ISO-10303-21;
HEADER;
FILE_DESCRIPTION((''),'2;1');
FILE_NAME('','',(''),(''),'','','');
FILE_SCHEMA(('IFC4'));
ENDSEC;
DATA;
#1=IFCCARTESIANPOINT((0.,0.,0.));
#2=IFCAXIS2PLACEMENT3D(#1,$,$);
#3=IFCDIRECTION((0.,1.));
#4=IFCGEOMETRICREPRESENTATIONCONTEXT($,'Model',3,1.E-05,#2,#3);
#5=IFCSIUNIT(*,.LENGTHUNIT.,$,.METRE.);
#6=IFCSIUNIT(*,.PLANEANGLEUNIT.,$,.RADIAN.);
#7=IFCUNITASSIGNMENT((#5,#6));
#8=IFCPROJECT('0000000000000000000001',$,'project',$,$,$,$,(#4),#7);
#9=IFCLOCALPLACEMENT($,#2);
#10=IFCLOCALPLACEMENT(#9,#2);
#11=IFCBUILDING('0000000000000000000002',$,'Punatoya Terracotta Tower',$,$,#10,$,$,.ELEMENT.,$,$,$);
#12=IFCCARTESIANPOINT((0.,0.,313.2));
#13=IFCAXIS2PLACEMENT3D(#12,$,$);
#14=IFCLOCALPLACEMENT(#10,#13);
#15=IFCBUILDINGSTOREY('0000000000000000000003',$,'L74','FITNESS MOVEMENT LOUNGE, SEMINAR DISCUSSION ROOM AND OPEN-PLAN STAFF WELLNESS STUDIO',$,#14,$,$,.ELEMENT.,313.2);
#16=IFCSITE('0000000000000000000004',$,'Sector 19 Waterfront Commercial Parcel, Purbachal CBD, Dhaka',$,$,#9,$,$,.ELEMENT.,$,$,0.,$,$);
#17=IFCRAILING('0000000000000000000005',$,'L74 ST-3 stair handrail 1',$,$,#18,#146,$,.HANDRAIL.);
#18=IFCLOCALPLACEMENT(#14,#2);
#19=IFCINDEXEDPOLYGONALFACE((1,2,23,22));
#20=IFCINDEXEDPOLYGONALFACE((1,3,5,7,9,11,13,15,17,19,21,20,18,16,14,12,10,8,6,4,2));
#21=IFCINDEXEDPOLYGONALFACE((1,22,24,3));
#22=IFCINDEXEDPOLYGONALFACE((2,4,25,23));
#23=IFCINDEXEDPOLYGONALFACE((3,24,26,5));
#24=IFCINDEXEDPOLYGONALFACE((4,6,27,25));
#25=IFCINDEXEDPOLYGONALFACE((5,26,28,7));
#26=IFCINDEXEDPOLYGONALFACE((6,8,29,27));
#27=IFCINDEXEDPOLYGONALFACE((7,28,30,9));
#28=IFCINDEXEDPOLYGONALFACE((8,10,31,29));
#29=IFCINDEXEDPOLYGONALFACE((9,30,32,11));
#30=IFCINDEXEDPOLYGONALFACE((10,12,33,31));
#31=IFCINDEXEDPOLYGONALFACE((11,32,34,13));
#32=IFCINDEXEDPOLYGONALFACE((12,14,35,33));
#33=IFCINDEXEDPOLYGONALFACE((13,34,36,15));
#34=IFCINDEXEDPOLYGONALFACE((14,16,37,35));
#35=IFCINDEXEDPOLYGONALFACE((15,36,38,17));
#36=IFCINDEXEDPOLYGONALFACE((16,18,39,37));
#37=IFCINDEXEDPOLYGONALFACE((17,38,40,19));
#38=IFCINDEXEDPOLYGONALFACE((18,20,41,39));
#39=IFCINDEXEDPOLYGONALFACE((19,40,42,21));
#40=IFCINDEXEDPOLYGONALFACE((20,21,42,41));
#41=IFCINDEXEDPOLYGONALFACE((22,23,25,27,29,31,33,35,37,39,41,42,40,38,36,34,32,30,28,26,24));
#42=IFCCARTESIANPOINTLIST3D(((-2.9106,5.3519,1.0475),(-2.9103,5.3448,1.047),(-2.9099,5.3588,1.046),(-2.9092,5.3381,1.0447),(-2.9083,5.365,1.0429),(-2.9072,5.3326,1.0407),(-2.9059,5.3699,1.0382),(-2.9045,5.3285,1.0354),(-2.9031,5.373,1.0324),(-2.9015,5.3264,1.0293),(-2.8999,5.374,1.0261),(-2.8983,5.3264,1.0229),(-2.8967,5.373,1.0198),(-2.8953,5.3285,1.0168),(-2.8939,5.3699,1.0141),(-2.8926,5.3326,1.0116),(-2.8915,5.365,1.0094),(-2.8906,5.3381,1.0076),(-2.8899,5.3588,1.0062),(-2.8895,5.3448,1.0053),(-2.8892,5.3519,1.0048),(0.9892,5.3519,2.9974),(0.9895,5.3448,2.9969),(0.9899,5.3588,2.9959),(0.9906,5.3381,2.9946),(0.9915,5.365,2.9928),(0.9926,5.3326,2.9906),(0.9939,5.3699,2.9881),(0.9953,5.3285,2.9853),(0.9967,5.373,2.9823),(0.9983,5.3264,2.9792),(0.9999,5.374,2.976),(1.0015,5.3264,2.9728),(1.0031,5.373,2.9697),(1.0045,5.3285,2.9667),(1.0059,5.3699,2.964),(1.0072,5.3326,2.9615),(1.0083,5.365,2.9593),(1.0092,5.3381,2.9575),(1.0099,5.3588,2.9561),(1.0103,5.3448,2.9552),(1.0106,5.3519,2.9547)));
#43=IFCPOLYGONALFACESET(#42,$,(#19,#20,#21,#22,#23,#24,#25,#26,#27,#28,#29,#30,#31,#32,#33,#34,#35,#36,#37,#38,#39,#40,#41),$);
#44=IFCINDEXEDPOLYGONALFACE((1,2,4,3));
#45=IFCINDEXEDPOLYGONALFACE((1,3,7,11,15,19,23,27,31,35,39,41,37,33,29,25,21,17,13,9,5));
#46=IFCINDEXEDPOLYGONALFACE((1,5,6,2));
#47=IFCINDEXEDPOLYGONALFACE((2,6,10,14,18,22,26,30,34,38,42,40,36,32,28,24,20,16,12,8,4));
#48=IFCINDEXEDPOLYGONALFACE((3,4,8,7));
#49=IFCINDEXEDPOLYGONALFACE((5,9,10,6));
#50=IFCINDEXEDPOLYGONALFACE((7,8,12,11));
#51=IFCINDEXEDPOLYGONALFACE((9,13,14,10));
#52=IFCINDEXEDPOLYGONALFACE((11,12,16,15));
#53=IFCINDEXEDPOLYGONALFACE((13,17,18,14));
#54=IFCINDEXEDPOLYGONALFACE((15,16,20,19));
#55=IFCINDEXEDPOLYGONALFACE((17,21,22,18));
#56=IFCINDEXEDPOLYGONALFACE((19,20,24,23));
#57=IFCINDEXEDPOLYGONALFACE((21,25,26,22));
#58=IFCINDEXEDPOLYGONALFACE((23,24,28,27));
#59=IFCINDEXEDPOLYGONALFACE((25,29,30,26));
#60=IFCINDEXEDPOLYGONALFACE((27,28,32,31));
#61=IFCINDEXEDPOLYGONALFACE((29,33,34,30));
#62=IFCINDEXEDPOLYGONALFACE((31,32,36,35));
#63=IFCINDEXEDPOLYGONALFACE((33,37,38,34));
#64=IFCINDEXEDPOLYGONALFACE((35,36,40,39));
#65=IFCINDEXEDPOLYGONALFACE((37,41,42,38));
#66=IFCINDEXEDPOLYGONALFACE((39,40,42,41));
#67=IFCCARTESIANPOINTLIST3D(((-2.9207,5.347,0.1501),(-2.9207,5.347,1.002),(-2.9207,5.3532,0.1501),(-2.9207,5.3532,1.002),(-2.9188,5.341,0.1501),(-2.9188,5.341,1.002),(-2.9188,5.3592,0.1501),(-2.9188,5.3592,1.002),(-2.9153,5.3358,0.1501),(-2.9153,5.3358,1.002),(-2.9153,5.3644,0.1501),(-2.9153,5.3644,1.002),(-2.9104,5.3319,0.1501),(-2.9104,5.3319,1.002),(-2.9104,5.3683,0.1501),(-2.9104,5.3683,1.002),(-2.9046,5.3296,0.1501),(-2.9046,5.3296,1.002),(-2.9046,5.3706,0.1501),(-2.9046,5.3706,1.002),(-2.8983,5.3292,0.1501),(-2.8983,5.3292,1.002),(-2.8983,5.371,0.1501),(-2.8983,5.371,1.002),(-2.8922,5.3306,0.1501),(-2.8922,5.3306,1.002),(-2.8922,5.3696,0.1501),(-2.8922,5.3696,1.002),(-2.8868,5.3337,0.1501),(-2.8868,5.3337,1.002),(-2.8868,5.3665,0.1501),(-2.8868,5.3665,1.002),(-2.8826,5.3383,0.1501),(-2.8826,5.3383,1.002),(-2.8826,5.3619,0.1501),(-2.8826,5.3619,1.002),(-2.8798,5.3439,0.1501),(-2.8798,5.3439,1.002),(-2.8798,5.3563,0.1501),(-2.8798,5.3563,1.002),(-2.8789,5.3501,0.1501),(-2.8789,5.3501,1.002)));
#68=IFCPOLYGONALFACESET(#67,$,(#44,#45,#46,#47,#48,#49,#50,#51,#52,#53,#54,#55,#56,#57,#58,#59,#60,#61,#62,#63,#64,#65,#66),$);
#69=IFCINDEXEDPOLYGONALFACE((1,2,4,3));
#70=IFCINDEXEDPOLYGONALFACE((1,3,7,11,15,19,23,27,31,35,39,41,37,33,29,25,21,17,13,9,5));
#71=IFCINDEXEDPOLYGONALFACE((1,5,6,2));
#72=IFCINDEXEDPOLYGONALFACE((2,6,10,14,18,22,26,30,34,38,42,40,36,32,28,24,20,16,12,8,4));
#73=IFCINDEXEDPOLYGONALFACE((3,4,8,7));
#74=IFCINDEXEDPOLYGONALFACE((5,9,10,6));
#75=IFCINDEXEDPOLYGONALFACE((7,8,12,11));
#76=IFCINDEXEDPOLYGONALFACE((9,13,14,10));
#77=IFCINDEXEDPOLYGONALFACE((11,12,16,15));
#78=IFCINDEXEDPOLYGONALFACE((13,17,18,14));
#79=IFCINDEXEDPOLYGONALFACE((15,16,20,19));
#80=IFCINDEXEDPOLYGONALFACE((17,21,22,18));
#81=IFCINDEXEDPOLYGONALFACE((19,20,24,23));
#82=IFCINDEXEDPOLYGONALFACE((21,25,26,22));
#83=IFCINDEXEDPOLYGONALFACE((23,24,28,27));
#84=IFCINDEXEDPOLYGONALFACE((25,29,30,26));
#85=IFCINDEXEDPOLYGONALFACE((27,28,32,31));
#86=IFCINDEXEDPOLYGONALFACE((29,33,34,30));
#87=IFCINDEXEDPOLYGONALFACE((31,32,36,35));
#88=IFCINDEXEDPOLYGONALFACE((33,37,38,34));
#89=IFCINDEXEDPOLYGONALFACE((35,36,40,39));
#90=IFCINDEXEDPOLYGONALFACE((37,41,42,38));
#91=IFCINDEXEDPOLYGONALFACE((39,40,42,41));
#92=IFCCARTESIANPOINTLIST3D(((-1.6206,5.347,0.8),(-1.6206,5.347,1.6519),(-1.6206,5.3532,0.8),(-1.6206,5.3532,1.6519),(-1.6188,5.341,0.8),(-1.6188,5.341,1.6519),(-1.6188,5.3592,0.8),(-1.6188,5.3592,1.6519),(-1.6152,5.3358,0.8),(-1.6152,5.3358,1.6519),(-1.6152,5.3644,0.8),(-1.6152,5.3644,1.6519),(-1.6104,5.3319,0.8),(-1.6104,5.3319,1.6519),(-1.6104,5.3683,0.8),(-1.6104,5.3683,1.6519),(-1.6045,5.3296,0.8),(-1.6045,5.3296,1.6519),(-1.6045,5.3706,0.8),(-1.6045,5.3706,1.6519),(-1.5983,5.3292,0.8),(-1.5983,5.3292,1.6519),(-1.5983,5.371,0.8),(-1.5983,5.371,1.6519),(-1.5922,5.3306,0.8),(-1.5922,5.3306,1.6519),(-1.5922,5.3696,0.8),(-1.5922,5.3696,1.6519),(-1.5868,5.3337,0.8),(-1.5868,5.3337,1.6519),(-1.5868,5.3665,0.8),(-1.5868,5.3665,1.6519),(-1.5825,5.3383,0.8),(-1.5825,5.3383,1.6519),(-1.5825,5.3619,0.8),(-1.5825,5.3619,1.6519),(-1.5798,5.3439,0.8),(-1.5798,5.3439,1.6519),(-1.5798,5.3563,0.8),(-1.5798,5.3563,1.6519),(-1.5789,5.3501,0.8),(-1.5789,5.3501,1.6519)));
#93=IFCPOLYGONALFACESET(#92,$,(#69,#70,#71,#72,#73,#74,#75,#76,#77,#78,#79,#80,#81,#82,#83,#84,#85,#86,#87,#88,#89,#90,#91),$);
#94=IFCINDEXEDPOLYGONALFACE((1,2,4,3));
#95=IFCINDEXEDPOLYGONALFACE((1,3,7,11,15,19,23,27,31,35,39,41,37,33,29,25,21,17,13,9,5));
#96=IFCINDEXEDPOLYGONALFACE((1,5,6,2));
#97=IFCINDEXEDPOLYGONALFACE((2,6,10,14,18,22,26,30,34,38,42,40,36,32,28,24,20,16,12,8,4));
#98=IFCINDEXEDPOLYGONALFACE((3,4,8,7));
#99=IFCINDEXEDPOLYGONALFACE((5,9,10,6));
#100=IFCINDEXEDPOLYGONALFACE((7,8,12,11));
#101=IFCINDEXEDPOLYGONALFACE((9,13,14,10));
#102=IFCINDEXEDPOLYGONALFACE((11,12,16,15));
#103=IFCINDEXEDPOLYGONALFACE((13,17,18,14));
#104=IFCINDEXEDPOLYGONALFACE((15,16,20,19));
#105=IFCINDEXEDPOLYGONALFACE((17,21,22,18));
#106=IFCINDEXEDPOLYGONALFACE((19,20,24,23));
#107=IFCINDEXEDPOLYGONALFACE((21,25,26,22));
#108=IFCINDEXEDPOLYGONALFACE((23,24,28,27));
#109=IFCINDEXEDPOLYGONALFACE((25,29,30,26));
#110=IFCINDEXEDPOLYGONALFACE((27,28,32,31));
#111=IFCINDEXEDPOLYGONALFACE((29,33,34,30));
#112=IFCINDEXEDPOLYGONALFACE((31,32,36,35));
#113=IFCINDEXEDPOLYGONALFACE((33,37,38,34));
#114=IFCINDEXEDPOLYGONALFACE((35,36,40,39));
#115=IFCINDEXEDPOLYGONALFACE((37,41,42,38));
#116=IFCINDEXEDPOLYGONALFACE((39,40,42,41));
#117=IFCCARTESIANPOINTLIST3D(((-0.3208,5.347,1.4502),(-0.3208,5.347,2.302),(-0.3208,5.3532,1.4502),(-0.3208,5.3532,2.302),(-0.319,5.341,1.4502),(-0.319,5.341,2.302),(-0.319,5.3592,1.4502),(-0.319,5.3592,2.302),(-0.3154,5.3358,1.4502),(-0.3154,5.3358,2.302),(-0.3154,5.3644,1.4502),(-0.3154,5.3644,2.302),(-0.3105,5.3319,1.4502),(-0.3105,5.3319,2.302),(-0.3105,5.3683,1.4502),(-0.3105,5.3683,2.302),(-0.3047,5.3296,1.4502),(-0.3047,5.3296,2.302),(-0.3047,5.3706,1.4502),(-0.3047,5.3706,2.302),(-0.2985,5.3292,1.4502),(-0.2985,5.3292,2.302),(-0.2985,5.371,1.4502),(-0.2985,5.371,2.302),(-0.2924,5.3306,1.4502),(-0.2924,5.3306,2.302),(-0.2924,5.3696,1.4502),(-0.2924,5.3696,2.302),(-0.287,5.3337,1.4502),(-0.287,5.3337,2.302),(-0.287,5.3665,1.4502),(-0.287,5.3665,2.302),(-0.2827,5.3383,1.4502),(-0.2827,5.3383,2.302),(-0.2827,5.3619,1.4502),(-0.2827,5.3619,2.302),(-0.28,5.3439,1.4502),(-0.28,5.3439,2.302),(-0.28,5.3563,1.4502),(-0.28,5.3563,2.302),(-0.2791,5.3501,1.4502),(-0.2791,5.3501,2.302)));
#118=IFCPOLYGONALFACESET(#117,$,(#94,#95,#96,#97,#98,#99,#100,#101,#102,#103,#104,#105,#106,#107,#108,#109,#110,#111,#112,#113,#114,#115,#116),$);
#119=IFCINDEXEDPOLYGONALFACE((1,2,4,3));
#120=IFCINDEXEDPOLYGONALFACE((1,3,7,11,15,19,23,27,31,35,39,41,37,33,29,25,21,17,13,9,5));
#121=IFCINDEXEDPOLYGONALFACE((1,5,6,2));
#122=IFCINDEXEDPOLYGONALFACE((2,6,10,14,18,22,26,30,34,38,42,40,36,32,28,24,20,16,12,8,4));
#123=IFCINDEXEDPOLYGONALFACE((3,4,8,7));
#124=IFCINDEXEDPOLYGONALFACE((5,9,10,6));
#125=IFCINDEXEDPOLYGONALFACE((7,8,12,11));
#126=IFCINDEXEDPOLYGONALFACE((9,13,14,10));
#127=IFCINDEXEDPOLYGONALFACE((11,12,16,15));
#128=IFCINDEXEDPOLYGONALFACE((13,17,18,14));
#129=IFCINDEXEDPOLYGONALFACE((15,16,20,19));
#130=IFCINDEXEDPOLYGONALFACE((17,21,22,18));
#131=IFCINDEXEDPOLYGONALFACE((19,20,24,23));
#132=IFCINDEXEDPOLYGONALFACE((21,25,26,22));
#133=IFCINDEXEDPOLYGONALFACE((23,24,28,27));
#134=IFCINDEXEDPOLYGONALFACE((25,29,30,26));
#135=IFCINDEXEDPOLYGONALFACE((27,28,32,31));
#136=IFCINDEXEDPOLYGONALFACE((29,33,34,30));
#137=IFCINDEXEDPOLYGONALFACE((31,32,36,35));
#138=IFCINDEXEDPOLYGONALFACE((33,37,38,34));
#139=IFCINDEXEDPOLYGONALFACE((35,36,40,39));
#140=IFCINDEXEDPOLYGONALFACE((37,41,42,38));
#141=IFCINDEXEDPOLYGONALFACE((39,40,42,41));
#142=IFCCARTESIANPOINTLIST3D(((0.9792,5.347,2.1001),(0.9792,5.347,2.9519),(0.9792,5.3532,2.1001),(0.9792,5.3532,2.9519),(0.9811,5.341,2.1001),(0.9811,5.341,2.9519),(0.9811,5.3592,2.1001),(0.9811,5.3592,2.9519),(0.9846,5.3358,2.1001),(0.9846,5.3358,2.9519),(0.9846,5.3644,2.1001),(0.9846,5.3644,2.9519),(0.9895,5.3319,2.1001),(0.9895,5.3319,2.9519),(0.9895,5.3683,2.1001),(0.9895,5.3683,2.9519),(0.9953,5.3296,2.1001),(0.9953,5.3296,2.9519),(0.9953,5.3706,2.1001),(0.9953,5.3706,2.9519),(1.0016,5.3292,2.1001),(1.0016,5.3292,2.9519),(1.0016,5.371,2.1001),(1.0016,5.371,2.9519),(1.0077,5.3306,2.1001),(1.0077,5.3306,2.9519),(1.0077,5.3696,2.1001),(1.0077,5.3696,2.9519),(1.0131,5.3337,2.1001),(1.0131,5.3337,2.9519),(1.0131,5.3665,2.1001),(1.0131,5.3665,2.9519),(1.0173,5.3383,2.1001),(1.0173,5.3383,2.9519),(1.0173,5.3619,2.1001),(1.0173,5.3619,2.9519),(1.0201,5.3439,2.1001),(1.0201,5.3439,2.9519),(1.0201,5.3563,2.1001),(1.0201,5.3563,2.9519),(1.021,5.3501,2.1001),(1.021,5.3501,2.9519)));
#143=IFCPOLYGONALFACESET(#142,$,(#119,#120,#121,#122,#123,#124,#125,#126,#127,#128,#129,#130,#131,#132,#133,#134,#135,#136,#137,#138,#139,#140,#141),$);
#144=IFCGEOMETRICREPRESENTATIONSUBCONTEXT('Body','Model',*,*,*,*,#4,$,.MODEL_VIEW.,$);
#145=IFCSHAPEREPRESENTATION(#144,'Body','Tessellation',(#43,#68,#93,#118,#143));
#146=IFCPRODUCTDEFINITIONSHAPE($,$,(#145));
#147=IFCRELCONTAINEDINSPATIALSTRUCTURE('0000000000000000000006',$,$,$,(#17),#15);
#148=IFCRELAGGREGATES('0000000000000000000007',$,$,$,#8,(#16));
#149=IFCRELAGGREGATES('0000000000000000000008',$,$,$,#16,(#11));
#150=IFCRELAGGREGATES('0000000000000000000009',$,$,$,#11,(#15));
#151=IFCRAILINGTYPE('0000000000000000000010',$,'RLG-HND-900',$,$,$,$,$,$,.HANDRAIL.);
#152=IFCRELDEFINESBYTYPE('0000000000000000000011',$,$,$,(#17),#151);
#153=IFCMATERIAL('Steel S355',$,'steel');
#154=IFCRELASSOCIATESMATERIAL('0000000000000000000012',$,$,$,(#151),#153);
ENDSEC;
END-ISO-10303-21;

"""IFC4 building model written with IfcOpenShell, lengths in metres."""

from ifc_helpers import new_model, si_unit, direction, frame, origin, origin_2d, place, context, subcontext, project, spatial, circle, extrude, material, type_object, element, save


model = new_model("IFC4")

# Units and contexts
model_context = context("Model", 3, precision=1e-05, world=origin(), true_north=direction((0.0, 1.0)))
body_context = subcontext(model_context, "Body", "Model", "MODEL_VIEW")
ifc_project = project(units=[si_unit("LENGTHUNIT", "METRE"), si_unit("PLANEANGLEUNIT", "RADIAN")], contexts=[model_context])

# Site, building, storey
site_placement = place(None, origin())
site = spatial("IfcSite", under=ifc_project, at=site_placement, Name="Sector 19 Waterfront Commercial Parcel, Purbachal CBD, Dhaka", CompositionType="ELEMENT", RefElevation=0.0)
building_placement = place(site_placement, origin())
building = spatial("IfcBuilding", under=site, at=building_placement, Name="Punatoya Terracotta Tower", CompositionType="ELEMENT")
storey_placement = place(building_placement, frame((0.0, 0.0, 313.2)))
storey = spatial("IfcBuildingStorey", under=building, at=storey_placement, Name="L74", Description="FITNESS MOVEMENT LOUNGE, SEMINAR DISCUSSION ROOM AND OPEN-PLAN STAFF WELLNESS STUDIO", CompositionType="ELEMENT", Elevation=313.2)

# Shared definitions
ifc_material_1 = material(Name="Steel S355", Category="steel")

# Railing
railing_type_1 = type_object("IfcRailingType", Name="RLG-HND-900", PredefinedType="HANDRAIL", material=ifc_material_1)
railing_1_placement = place(storey_placement, frame((-2.8999, 5.3501, 0.1501)))
element("IfcRailing", 1, at=railing_1_placement, inside=storey, type_object=railing_type_1, Name="L74 ST-3 stair handrail 1", PredefinedType="HANDRAIL", context=body_context, shape_type="SweptSolid", body=[
    extrude(circle(Radius=0.0239, at=origin_2d()), frame((0.0, 0.0, 0.876), z_axis=(0.894427, 0.0, 0.447214), x_axis=(0.0, 1.0, 0.0)), (0.0, 0.0, 1.0), 4.3601),
    extrude(circle(Radius=0.021, at=origin_2d()), origin(), (0.0, 0.0, 1.0), 0.8518),
    extrude(circle(Radius=0.021, at=origin_2d()), frame((1.3, 0.0, 0.6499)), (0.0, 0.0, 1.0), 0.8518),
    extrude(circle(Radius=0.021, at=origin_2d()), frame((2.5999, 0.0, 1.3)), (0.0, 0.0, 1.0), 0.8518),
    extrude(circle(Radius=0.021, at=origin_2d()), frame((3.8999, 0.0, 1.95)), (0.0, 0.0, 1.0), 0.8518),
])

save(model, "model.ifc")
